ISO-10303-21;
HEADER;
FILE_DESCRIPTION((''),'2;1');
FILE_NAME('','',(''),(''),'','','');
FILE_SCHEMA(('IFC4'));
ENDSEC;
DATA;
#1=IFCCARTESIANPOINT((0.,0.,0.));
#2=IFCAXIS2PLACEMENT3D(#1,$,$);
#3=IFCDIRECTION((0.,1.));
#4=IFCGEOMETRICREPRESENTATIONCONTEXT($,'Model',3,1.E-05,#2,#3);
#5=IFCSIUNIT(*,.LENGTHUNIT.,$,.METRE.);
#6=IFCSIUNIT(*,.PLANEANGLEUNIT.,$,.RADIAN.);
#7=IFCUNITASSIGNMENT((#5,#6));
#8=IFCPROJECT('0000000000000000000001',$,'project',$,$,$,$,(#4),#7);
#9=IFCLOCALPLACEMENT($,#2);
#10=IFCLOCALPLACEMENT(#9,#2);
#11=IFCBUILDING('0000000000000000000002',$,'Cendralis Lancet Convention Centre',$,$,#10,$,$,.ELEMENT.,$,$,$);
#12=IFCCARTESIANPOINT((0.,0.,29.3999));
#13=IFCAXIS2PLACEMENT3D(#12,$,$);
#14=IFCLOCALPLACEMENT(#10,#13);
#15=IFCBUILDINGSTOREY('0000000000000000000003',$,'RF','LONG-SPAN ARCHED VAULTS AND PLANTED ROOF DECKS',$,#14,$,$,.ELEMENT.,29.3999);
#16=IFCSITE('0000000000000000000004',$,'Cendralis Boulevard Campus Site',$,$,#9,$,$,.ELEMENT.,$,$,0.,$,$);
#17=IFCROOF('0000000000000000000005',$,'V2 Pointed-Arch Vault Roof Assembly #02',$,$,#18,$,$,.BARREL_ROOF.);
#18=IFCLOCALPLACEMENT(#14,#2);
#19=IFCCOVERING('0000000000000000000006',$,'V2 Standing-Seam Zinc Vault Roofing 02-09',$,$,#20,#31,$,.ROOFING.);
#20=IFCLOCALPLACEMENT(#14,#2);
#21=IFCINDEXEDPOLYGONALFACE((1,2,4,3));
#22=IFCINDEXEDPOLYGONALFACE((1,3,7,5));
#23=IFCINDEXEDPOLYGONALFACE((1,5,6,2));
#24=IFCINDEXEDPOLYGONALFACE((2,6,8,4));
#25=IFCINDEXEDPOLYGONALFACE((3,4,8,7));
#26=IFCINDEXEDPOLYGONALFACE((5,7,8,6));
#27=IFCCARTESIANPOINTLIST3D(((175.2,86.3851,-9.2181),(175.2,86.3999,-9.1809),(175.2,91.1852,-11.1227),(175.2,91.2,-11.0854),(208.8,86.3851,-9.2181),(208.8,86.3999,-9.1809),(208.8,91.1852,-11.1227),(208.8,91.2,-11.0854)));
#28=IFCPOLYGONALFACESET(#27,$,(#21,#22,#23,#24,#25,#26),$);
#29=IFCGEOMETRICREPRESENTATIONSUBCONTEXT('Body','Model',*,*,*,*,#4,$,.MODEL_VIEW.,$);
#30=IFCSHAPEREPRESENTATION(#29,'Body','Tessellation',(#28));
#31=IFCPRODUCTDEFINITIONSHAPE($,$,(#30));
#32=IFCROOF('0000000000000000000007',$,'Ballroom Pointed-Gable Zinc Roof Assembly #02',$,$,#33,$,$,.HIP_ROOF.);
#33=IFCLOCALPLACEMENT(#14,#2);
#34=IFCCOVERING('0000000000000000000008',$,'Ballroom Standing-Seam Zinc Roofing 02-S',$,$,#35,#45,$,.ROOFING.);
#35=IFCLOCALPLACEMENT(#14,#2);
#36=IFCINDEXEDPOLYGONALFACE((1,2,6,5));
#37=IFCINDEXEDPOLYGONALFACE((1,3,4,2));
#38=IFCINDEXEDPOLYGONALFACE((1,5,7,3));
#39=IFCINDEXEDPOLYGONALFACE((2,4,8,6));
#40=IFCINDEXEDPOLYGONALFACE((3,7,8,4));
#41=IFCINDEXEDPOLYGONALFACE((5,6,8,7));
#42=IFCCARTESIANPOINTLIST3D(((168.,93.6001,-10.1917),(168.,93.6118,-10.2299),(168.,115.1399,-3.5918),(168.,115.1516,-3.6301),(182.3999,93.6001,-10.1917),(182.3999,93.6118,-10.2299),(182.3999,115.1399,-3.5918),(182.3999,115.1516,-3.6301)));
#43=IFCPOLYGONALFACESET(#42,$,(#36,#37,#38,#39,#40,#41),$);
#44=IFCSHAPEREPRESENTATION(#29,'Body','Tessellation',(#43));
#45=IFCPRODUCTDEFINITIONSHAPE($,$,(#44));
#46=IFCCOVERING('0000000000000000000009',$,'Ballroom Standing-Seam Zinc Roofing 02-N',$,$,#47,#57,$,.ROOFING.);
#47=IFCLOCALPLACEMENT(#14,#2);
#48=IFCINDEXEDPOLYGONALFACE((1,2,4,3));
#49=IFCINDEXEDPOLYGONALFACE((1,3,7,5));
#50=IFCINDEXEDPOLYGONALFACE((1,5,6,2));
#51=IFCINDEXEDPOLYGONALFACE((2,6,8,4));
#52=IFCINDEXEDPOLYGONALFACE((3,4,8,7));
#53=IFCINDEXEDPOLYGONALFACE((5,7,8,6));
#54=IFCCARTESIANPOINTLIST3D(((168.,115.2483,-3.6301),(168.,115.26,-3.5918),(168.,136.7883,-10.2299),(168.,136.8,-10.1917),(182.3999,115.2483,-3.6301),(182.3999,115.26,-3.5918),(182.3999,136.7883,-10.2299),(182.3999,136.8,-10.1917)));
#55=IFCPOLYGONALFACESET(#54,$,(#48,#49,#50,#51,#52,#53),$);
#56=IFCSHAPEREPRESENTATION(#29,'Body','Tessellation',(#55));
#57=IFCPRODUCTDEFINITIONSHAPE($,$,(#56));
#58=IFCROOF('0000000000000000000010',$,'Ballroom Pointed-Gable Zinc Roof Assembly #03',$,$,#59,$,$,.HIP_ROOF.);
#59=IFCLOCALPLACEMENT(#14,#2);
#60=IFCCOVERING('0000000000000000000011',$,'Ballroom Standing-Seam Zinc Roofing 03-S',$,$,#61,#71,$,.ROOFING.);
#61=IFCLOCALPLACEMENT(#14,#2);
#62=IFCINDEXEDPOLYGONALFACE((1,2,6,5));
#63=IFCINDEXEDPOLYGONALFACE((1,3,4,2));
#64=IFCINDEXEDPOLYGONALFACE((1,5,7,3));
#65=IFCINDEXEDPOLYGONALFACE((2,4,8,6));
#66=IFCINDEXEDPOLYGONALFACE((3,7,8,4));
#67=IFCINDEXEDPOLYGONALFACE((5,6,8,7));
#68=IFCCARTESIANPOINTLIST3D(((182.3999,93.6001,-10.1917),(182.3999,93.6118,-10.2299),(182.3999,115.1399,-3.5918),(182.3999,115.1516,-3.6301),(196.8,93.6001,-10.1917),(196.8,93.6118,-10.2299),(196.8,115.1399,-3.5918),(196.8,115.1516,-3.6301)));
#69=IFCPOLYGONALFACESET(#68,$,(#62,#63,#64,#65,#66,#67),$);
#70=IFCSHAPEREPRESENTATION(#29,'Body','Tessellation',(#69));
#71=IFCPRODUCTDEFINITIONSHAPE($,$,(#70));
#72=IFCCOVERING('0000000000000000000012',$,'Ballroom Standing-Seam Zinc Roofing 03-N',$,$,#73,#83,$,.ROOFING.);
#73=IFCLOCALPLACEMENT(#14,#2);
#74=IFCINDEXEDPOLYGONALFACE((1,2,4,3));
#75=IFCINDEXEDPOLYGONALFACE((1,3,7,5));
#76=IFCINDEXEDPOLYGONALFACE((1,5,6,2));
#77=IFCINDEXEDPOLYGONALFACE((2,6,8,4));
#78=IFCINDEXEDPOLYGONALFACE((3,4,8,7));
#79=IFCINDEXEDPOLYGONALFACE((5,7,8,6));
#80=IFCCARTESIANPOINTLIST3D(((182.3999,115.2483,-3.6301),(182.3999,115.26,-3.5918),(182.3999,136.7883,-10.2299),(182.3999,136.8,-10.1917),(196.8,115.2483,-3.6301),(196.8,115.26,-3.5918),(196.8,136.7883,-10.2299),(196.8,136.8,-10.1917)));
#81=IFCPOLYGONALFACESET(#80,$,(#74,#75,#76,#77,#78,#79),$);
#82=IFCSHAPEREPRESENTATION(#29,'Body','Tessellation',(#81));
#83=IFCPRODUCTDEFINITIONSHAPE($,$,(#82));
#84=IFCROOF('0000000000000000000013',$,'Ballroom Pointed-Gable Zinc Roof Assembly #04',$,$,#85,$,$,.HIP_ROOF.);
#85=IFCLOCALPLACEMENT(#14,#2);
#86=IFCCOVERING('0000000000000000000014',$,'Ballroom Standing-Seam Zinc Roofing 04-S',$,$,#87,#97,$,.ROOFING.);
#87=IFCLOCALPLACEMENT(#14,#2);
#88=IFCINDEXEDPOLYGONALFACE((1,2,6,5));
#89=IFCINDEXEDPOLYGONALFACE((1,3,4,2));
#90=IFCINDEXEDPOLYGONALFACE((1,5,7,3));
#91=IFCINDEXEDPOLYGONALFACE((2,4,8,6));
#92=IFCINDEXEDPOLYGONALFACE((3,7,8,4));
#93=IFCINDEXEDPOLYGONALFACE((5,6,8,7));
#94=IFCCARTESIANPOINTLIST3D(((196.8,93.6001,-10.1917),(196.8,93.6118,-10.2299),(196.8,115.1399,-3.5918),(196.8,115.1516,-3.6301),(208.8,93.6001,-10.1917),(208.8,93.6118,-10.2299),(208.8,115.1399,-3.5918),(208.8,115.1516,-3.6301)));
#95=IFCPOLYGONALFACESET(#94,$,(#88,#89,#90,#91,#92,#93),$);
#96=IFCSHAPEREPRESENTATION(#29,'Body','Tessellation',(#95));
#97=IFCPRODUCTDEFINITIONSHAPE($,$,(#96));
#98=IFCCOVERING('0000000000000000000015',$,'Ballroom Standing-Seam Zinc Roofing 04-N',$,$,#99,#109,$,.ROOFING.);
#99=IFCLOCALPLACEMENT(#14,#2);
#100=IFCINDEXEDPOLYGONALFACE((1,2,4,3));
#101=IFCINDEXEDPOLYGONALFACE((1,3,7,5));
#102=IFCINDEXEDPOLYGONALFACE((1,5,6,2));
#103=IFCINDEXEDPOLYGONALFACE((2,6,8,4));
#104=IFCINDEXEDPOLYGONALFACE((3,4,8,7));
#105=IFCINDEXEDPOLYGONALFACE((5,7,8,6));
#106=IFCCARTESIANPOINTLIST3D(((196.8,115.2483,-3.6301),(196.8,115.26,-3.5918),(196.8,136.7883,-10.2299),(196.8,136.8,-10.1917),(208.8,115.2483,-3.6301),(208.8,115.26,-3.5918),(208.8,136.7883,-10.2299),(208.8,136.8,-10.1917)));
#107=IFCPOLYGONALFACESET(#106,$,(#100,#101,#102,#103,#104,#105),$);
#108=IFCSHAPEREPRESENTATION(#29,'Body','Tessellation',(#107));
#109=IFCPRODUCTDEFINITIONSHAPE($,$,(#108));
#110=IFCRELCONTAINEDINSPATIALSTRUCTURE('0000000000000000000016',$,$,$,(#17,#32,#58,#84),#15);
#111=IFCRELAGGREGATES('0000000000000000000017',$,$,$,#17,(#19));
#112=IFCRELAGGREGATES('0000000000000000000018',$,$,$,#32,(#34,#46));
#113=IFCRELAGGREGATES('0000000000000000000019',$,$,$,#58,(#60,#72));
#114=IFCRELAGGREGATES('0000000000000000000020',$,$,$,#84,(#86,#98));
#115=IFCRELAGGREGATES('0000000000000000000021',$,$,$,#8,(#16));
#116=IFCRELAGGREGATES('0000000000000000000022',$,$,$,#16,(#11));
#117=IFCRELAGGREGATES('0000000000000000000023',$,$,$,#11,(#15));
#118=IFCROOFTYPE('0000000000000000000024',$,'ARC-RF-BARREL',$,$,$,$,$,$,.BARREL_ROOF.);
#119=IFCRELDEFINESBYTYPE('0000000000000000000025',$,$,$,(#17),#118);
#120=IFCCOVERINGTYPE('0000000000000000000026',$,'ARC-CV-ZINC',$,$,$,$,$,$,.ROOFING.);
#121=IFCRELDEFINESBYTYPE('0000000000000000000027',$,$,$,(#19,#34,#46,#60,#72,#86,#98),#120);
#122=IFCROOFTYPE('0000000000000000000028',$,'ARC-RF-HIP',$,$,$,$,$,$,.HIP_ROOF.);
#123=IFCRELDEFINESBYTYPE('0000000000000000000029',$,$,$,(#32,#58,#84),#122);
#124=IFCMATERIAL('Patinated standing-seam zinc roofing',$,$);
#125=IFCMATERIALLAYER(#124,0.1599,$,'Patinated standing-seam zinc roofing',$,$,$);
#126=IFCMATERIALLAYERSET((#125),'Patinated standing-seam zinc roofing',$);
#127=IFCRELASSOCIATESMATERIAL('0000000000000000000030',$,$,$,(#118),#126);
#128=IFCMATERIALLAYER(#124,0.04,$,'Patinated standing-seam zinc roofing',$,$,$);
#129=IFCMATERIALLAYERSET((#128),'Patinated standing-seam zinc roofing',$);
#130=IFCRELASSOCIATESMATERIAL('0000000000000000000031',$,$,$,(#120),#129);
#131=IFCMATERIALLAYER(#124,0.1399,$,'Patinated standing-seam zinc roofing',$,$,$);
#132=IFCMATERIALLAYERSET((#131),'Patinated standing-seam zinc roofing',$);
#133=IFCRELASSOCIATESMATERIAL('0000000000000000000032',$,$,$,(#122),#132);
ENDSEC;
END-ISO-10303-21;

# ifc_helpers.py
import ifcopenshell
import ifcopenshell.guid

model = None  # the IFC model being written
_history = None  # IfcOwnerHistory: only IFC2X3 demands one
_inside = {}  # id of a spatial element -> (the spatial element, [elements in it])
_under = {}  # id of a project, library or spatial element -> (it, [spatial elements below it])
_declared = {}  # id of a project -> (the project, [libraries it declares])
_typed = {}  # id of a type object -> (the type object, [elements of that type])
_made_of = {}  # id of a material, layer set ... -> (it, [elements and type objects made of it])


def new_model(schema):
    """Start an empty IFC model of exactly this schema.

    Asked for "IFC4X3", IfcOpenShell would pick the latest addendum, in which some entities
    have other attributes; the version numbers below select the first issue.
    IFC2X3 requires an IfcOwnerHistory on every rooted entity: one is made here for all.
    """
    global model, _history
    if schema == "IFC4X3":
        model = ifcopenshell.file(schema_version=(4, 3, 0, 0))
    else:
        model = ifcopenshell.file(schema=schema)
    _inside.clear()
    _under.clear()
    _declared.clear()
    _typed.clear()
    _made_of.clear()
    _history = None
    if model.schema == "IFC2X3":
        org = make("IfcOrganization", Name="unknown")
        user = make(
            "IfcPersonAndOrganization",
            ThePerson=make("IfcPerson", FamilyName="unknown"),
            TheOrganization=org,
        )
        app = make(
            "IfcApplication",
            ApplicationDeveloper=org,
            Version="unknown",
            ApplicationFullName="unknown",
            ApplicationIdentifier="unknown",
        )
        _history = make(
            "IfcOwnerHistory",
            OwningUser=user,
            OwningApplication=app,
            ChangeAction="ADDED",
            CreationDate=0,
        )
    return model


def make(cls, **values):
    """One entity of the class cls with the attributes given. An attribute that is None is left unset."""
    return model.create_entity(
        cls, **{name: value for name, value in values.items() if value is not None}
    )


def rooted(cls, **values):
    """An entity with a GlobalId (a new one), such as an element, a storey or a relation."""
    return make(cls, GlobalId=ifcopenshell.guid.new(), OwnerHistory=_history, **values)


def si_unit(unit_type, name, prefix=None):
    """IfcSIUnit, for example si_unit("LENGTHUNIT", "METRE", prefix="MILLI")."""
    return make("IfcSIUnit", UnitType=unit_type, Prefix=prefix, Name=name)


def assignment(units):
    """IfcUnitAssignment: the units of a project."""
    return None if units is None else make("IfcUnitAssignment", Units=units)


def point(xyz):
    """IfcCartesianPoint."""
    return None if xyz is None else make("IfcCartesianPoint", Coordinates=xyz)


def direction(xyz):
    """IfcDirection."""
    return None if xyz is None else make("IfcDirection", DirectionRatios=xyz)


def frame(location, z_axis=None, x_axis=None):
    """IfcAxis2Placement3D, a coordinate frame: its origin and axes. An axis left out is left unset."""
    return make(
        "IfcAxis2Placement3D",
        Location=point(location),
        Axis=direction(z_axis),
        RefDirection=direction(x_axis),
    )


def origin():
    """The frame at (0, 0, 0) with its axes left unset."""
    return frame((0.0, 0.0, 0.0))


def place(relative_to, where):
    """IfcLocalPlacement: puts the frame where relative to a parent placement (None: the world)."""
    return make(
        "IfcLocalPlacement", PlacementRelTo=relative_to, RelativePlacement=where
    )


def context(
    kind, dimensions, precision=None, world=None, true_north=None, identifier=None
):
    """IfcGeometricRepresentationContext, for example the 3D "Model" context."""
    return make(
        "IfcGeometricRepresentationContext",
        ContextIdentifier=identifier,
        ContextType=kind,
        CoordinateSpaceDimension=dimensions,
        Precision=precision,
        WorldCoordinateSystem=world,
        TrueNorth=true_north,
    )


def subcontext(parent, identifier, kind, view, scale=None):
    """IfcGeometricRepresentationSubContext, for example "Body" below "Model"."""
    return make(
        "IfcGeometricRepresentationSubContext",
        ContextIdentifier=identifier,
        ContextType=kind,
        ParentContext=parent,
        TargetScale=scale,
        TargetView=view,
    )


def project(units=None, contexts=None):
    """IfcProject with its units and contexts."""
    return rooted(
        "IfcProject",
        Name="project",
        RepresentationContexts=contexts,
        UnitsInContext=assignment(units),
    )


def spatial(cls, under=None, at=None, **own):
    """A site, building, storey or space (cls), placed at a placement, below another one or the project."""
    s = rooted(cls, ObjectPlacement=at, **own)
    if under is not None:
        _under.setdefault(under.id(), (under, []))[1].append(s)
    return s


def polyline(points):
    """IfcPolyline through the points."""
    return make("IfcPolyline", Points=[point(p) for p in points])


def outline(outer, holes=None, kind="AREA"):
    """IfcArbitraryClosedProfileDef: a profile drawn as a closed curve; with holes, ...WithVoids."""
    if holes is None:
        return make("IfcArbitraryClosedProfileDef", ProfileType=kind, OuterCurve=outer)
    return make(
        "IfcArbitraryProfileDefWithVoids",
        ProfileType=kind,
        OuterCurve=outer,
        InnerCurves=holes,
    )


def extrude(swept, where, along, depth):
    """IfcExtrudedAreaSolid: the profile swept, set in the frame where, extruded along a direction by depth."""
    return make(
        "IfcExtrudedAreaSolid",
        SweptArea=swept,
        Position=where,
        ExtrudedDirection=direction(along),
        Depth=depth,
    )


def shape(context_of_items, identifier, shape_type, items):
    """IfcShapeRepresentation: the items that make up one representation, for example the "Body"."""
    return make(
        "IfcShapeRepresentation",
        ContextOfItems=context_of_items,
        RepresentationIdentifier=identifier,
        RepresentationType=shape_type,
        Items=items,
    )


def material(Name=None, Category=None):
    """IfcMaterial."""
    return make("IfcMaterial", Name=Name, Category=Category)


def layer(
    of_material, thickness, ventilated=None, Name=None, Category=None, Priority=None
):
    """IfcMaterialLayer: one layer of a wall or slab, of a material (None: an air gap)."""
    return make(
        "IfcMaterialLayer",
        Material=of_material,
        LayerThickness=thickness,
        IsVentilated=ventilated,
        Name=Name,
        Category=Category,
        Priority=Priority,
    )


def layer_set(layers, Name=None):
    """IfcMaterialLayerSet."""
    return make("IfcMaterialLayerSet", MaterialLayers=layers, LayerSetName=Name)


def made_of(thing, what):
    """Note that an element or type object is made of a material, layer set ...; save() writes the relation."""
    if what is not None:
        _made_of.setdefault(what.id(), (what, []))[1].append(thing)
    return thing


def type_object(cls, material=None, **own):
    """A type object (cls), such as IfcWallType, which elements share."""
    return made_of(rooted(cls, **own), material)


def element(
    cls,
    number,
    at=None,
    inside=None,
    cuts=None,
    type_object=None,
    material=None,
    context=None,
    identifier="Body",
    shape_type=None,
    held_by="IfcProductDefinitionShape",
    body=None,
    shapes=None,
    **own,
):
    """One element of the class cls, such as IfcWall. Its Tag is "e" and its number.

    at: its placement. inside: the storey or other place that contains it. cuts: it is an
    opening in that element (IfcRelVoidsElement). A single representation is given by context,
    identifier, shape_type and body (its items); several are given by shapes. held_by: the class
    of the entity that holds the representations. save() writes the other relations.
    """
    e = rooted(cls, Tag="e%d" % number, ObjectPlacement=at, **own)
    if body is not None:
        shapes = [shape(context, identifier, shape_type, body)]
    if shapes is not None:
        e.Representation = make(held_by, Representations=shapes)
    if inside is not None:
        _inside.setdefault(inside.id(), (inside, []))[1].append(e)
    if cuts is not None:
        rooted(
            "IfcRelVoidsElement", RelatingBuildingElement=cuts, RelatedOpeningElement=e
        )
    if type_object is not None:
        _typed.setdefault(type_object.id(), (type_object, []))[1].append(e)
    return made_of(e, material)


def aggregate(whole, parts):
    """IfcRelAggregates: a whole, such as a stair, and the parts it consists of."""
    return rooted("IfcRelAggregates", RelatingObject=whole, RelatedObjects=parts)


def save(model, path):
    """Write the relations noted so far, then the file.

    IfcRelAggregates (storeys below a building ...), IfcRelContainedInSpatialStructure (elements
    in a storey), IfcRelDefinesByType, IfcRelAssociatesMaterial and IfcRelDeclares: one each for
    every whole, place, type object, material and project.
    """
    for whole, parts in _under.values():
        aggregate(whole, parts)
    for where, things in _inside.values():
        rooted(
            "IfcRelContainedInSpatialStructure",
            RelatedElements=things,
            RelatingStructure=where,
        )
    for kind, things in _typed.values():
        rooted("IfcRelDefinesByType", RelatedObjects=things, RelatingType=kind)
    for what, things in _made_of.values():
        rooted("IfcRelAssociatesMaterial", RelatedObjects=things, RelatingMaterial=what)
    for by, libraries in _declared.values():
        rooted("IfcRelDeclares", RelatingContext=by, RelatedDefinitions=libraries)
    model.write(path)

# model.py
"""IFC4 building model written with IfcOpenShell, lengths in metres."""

from ifc_helpers import new_model, si_unit, direction, frame, origin, place, context, subcontext, project, spatial, polyline, outline, extrude, material, layer, layer_set, type_object, element, aggregate, save


model = new_model("IFC4")

# Units and contexts
model_context = context("Model", 3, precision=1e-05, world=origin(), true_north=direction((0.0, 1.0)))
body_context = subcontext(model_context, "Body", "Model", "MODEL_VIEW")
ifc_project = project(units=[si_unit("LENGTHUNIT", "METRE"), si_unit("PLANEANGLEUNIT", "RADIAN")], contexts=[model_context])

# Site, building, storey
site_placement = place(None, origin())
site = spatial("IfcSite", under=ifc_project, at=site_placement, Name="Cendralis Boulevard Campus Site", CompositionType="ELEMENT", RefElevation=0.0)
building_placement = place(site_placement, origin())
building = spatial("IfcBuilding", under=site, at=building_placement, Name="Cendralis Lancet Convention Centre", CompositionType="ELEMENT")
storey_placement = place(building_placement, frame((0.0, 0.0, 29.3999)))
storey = spatial("IfcBuildingStorey", under=building, at=storey_placement, Name="RF", Description="LONG-SPAN ARCHED VAULTS AND PLANTED ROOF DECKS", CompositionType="ELEMENT", Elevation=29.3999)

# Roofs, coverings
ifc_material_1 = material(Name="Patinated standing-seam zinc roofing")
ifc_layer_1 = layer(ifc_material_1, 0.1599, Name="Patinated standing-seam zinc roofing")
ifc_layer_set_1 = layer_set([ifc_layer_1], Name="Patinated standing-seam zinc roofing")
roof_type_1 = type_object("IfcRoofType", Name="ARC-RF-BARREL", PredefinedType="BARREL_ROOF", material=ifc_layer_set_1)
roof_1_placement = place(storey_placement, origin())
roof_1 = element("IfcRoof", 1, at=roof_1_placement, inside=storey, type_object=roof_type_1, Name="V2 Pointed-Arch Vault Roof Assembly #02", PredefinedType="BARREL_ROOF")
ifc_layer_2 = layer(ifc_material_1, 0.04, Name="Patinated standing-seam zinc roofing")
ifc_layer_set_2 = layer_set([ifc_layer_2], Name="Patinated standing-seam zinc roofing")
covering_type = type_object("IfcCoveringType", Name="ARC-CV-ZINC", PredefinedType="ROOFING", material=ifc_layer_set_2)
covering_1_placement = place(storey_placement, frame((175.2, 86.3999, -9.1809), z_axis=(0.0, 0.368805, 0.929507), x_axis=(1.0, 0.0, 0.0)))
covering_1 = element("IfcCovering", 2, at=covering_1_placement, type_object=covering_type, Name="V2 Standing-Seam Zinc Vault Roofing 02-09", PredefinedType="ROOFING", context=body_context, shape_type="SweptSolid", body=[
    extrude(outline(polyline([(0.0, 0.0), (33.6001, 0.0), (33.6001, 5.1641), (0.0, 5.1641), (0.0, 0.0)])), origin(), (0.0, 0.0, -1.0), 0.04),
])
aggregate(roof_1, [covering_1])
ifc_layer_3 = layer(ifc_material_1, 0.1399, Name="Patinated standing-seam zinc roofing")
ifc_layer_set_3 = layer_set([ifc_layer_3], Name="Patinated standing-seam zinc roofing")
roof_type_2 = type_object("IfcRoofType", Name="ARC-RF-HIP", PredefinedType="HIP_ROOF", material=ifc_layer_set_3)
roof_2_placement = place(storey_placement, origin())
roof_2 = element("IfcRoof", 3, at=roof_2_placement, inside=storey, type_object=roof_type_2, Name="Ballroom Pointed-Gable Zinc Roof Assembly #02", PredefinedType="HIP_ROOF")
covering_2_placement = place(storey_placement, frame((168.0, 93.6001, -10.1917), z_axis=(0.0, -0.292959, 0.956125), x_axis=(1.0, 0.0, 0.0)))
covering_2 = element("IfcCovering", 4, at=covering_2_placement, type_object=covering_type, Name="Ballroom Standing-Seam Zinc Roofing 02-S", PredefinedType="ROOFING", context=body_context, shape_type="SweptSolid", body=[
    extrude(outline(polyline([(0.0, 0.0), (14.3999, 0.0), (14.3999, 22.5282), (0.0, 22.5282), (0.0, 0.0)])), origin(), (0.0, 0.0, -1.0), 0.04),
])
covering_3_placement = place(storey_placement, frame((168.0, 115.26, -3.5918), z_axis=(0.0, 0.292956, 0.956126), x_axis=(1.0, 0.0, 0.0)))
covering_3 = element("IfcCovering", 5, at=covering_3_placement, type_object=covering_type, Name="Ballroom Standing-Seam Zinc Roofing 02-N", PredefinedType="ROOFING", context=body_context, shape_type="SweptSolid", body=[
    extrude(outline(polyline([(0.0, 0.0), (14.3999, 0.0), (14.3999, 22.5285), (0.0, 22.5285), (0.0, 0.0)])), origin(), (0.0, 0.0, -1.0), 0.04),
])
aggregate(roof_2, [covering_2, covering_3])
roof_3_placement = place(storey_placement, origin())
roof_3 = element("IfcRoof", 6, at=roof_3_placement, inside=storey, type_object=roof_type_2, Name="Ballroom Pointed-Gable Zinc Roof Assembly #03", PredefinedType="HIP_ROOF")
covering_4_placement = place(storey_placement, frame((182.3999, 93.6001, -10.1917), z_axis=(0.0, -0.292959, 0.956125), x_axis=(1.0, 0.0, 0.0)))
covering_4 = element("IfcCovering", 7, at=covering_4_placement, type_object=covering_type, Name="Ballroom Standing-Seam Zinc Roofing 03-S", PredefinedType="ROOFING", context=body_context, shape_type="SweptSolid", body=[
    extrude(outline(polyline([(0.0, 0.0), (14.4001, 0.0), (14.4001, 22.5282), (0.0, 22.5282), (0.0, 0.0)])), origin(), (0.0, 0.0, -1.0), 0.04),
])
covering_5_placement = place(storey_placement, frame((182.3999, 115.26, -3.5918), z_axis=(0.0, 0.292956, 0.956126), x_axis=(1.0, 0.0, 0.0)))
covering_5 = element("IfcCovering", 8, at=covering_5_placement, type_object=covering_type, Name="Ballroom Standing-Seam Zinc Roofing 03-N", PredefinedType="ROOFING", context=body_context, shape_type="SweptSolid", body=[
    extrude(outline(polyline([(0.0, 0.0), (14.4001, 0.0), (14.4001, 22.5285), (0.0, 22.5285), (0.0, 0.0)])), origin(), (0.0, 0.0, -1.0), 0.04),
])
aggregate(roof_3, [covering_4, covering_5])
roof_4_placement = place(storey_placement, origin())
roof_4 = element("IfcRoof", 9, at=roof_4_placement, inside=storey, type_object=roof_type_2, Name="Ballroom Pointed-Gable Zinc Roof Assembly #04", PredefinedType="HIP_ROOF")
covering_6_placement = place(storey_placement, frame((196.8, 93.6001, -10.1917), z_axis=(0.0, -0.292959, 0.956125), x_axis=(1.0, 0.0, 0.0)))
covering_6 = element("IfcCovering", 10, at=covering_6_placement, type_object=covering_type, Name="Ballroom Standing-Seam Zinc Roofing 04-S", PredefinedType="ROOFING", context=body_context, shape_type="SweptSolid", body=[
    extrude(outline(polyline([(0.0, 0.0), (12.0, 0.0), (12.0, 22.5282), (0.0, 22.5282), (0.0, 0.0)])), origin(), (0.0, 0.0, -1.0), 0.04),
])
covering_7_placement = place(storey_placement, frame((196.8, 115.26, -3.5918), z_axis=(0.0, 0.292956, 0.956126), x_axis=(1.0, 0.0, 0.0)))
covering_7 = element("IfcCovering", 11, at=covering_7_placement, type_object=covering_type, Name="Ballroom Standing-Seam Zinc Roofing 04-N", PredefinedType="ROOFING", context=body_context, shape_type="SweptSolid", body=[
    extrude(outline(polyline([(0.0, 0.0), (12.0, 0.0), (12.0, 22.5285), (0.0, 22.5285), (0.0, 0.0)])), origin(), (0.0, 0.0, -1.0), 0.04),
])
aggregate(roof_4, [covering_6, covering_7])

save(model, "model.ifc")
